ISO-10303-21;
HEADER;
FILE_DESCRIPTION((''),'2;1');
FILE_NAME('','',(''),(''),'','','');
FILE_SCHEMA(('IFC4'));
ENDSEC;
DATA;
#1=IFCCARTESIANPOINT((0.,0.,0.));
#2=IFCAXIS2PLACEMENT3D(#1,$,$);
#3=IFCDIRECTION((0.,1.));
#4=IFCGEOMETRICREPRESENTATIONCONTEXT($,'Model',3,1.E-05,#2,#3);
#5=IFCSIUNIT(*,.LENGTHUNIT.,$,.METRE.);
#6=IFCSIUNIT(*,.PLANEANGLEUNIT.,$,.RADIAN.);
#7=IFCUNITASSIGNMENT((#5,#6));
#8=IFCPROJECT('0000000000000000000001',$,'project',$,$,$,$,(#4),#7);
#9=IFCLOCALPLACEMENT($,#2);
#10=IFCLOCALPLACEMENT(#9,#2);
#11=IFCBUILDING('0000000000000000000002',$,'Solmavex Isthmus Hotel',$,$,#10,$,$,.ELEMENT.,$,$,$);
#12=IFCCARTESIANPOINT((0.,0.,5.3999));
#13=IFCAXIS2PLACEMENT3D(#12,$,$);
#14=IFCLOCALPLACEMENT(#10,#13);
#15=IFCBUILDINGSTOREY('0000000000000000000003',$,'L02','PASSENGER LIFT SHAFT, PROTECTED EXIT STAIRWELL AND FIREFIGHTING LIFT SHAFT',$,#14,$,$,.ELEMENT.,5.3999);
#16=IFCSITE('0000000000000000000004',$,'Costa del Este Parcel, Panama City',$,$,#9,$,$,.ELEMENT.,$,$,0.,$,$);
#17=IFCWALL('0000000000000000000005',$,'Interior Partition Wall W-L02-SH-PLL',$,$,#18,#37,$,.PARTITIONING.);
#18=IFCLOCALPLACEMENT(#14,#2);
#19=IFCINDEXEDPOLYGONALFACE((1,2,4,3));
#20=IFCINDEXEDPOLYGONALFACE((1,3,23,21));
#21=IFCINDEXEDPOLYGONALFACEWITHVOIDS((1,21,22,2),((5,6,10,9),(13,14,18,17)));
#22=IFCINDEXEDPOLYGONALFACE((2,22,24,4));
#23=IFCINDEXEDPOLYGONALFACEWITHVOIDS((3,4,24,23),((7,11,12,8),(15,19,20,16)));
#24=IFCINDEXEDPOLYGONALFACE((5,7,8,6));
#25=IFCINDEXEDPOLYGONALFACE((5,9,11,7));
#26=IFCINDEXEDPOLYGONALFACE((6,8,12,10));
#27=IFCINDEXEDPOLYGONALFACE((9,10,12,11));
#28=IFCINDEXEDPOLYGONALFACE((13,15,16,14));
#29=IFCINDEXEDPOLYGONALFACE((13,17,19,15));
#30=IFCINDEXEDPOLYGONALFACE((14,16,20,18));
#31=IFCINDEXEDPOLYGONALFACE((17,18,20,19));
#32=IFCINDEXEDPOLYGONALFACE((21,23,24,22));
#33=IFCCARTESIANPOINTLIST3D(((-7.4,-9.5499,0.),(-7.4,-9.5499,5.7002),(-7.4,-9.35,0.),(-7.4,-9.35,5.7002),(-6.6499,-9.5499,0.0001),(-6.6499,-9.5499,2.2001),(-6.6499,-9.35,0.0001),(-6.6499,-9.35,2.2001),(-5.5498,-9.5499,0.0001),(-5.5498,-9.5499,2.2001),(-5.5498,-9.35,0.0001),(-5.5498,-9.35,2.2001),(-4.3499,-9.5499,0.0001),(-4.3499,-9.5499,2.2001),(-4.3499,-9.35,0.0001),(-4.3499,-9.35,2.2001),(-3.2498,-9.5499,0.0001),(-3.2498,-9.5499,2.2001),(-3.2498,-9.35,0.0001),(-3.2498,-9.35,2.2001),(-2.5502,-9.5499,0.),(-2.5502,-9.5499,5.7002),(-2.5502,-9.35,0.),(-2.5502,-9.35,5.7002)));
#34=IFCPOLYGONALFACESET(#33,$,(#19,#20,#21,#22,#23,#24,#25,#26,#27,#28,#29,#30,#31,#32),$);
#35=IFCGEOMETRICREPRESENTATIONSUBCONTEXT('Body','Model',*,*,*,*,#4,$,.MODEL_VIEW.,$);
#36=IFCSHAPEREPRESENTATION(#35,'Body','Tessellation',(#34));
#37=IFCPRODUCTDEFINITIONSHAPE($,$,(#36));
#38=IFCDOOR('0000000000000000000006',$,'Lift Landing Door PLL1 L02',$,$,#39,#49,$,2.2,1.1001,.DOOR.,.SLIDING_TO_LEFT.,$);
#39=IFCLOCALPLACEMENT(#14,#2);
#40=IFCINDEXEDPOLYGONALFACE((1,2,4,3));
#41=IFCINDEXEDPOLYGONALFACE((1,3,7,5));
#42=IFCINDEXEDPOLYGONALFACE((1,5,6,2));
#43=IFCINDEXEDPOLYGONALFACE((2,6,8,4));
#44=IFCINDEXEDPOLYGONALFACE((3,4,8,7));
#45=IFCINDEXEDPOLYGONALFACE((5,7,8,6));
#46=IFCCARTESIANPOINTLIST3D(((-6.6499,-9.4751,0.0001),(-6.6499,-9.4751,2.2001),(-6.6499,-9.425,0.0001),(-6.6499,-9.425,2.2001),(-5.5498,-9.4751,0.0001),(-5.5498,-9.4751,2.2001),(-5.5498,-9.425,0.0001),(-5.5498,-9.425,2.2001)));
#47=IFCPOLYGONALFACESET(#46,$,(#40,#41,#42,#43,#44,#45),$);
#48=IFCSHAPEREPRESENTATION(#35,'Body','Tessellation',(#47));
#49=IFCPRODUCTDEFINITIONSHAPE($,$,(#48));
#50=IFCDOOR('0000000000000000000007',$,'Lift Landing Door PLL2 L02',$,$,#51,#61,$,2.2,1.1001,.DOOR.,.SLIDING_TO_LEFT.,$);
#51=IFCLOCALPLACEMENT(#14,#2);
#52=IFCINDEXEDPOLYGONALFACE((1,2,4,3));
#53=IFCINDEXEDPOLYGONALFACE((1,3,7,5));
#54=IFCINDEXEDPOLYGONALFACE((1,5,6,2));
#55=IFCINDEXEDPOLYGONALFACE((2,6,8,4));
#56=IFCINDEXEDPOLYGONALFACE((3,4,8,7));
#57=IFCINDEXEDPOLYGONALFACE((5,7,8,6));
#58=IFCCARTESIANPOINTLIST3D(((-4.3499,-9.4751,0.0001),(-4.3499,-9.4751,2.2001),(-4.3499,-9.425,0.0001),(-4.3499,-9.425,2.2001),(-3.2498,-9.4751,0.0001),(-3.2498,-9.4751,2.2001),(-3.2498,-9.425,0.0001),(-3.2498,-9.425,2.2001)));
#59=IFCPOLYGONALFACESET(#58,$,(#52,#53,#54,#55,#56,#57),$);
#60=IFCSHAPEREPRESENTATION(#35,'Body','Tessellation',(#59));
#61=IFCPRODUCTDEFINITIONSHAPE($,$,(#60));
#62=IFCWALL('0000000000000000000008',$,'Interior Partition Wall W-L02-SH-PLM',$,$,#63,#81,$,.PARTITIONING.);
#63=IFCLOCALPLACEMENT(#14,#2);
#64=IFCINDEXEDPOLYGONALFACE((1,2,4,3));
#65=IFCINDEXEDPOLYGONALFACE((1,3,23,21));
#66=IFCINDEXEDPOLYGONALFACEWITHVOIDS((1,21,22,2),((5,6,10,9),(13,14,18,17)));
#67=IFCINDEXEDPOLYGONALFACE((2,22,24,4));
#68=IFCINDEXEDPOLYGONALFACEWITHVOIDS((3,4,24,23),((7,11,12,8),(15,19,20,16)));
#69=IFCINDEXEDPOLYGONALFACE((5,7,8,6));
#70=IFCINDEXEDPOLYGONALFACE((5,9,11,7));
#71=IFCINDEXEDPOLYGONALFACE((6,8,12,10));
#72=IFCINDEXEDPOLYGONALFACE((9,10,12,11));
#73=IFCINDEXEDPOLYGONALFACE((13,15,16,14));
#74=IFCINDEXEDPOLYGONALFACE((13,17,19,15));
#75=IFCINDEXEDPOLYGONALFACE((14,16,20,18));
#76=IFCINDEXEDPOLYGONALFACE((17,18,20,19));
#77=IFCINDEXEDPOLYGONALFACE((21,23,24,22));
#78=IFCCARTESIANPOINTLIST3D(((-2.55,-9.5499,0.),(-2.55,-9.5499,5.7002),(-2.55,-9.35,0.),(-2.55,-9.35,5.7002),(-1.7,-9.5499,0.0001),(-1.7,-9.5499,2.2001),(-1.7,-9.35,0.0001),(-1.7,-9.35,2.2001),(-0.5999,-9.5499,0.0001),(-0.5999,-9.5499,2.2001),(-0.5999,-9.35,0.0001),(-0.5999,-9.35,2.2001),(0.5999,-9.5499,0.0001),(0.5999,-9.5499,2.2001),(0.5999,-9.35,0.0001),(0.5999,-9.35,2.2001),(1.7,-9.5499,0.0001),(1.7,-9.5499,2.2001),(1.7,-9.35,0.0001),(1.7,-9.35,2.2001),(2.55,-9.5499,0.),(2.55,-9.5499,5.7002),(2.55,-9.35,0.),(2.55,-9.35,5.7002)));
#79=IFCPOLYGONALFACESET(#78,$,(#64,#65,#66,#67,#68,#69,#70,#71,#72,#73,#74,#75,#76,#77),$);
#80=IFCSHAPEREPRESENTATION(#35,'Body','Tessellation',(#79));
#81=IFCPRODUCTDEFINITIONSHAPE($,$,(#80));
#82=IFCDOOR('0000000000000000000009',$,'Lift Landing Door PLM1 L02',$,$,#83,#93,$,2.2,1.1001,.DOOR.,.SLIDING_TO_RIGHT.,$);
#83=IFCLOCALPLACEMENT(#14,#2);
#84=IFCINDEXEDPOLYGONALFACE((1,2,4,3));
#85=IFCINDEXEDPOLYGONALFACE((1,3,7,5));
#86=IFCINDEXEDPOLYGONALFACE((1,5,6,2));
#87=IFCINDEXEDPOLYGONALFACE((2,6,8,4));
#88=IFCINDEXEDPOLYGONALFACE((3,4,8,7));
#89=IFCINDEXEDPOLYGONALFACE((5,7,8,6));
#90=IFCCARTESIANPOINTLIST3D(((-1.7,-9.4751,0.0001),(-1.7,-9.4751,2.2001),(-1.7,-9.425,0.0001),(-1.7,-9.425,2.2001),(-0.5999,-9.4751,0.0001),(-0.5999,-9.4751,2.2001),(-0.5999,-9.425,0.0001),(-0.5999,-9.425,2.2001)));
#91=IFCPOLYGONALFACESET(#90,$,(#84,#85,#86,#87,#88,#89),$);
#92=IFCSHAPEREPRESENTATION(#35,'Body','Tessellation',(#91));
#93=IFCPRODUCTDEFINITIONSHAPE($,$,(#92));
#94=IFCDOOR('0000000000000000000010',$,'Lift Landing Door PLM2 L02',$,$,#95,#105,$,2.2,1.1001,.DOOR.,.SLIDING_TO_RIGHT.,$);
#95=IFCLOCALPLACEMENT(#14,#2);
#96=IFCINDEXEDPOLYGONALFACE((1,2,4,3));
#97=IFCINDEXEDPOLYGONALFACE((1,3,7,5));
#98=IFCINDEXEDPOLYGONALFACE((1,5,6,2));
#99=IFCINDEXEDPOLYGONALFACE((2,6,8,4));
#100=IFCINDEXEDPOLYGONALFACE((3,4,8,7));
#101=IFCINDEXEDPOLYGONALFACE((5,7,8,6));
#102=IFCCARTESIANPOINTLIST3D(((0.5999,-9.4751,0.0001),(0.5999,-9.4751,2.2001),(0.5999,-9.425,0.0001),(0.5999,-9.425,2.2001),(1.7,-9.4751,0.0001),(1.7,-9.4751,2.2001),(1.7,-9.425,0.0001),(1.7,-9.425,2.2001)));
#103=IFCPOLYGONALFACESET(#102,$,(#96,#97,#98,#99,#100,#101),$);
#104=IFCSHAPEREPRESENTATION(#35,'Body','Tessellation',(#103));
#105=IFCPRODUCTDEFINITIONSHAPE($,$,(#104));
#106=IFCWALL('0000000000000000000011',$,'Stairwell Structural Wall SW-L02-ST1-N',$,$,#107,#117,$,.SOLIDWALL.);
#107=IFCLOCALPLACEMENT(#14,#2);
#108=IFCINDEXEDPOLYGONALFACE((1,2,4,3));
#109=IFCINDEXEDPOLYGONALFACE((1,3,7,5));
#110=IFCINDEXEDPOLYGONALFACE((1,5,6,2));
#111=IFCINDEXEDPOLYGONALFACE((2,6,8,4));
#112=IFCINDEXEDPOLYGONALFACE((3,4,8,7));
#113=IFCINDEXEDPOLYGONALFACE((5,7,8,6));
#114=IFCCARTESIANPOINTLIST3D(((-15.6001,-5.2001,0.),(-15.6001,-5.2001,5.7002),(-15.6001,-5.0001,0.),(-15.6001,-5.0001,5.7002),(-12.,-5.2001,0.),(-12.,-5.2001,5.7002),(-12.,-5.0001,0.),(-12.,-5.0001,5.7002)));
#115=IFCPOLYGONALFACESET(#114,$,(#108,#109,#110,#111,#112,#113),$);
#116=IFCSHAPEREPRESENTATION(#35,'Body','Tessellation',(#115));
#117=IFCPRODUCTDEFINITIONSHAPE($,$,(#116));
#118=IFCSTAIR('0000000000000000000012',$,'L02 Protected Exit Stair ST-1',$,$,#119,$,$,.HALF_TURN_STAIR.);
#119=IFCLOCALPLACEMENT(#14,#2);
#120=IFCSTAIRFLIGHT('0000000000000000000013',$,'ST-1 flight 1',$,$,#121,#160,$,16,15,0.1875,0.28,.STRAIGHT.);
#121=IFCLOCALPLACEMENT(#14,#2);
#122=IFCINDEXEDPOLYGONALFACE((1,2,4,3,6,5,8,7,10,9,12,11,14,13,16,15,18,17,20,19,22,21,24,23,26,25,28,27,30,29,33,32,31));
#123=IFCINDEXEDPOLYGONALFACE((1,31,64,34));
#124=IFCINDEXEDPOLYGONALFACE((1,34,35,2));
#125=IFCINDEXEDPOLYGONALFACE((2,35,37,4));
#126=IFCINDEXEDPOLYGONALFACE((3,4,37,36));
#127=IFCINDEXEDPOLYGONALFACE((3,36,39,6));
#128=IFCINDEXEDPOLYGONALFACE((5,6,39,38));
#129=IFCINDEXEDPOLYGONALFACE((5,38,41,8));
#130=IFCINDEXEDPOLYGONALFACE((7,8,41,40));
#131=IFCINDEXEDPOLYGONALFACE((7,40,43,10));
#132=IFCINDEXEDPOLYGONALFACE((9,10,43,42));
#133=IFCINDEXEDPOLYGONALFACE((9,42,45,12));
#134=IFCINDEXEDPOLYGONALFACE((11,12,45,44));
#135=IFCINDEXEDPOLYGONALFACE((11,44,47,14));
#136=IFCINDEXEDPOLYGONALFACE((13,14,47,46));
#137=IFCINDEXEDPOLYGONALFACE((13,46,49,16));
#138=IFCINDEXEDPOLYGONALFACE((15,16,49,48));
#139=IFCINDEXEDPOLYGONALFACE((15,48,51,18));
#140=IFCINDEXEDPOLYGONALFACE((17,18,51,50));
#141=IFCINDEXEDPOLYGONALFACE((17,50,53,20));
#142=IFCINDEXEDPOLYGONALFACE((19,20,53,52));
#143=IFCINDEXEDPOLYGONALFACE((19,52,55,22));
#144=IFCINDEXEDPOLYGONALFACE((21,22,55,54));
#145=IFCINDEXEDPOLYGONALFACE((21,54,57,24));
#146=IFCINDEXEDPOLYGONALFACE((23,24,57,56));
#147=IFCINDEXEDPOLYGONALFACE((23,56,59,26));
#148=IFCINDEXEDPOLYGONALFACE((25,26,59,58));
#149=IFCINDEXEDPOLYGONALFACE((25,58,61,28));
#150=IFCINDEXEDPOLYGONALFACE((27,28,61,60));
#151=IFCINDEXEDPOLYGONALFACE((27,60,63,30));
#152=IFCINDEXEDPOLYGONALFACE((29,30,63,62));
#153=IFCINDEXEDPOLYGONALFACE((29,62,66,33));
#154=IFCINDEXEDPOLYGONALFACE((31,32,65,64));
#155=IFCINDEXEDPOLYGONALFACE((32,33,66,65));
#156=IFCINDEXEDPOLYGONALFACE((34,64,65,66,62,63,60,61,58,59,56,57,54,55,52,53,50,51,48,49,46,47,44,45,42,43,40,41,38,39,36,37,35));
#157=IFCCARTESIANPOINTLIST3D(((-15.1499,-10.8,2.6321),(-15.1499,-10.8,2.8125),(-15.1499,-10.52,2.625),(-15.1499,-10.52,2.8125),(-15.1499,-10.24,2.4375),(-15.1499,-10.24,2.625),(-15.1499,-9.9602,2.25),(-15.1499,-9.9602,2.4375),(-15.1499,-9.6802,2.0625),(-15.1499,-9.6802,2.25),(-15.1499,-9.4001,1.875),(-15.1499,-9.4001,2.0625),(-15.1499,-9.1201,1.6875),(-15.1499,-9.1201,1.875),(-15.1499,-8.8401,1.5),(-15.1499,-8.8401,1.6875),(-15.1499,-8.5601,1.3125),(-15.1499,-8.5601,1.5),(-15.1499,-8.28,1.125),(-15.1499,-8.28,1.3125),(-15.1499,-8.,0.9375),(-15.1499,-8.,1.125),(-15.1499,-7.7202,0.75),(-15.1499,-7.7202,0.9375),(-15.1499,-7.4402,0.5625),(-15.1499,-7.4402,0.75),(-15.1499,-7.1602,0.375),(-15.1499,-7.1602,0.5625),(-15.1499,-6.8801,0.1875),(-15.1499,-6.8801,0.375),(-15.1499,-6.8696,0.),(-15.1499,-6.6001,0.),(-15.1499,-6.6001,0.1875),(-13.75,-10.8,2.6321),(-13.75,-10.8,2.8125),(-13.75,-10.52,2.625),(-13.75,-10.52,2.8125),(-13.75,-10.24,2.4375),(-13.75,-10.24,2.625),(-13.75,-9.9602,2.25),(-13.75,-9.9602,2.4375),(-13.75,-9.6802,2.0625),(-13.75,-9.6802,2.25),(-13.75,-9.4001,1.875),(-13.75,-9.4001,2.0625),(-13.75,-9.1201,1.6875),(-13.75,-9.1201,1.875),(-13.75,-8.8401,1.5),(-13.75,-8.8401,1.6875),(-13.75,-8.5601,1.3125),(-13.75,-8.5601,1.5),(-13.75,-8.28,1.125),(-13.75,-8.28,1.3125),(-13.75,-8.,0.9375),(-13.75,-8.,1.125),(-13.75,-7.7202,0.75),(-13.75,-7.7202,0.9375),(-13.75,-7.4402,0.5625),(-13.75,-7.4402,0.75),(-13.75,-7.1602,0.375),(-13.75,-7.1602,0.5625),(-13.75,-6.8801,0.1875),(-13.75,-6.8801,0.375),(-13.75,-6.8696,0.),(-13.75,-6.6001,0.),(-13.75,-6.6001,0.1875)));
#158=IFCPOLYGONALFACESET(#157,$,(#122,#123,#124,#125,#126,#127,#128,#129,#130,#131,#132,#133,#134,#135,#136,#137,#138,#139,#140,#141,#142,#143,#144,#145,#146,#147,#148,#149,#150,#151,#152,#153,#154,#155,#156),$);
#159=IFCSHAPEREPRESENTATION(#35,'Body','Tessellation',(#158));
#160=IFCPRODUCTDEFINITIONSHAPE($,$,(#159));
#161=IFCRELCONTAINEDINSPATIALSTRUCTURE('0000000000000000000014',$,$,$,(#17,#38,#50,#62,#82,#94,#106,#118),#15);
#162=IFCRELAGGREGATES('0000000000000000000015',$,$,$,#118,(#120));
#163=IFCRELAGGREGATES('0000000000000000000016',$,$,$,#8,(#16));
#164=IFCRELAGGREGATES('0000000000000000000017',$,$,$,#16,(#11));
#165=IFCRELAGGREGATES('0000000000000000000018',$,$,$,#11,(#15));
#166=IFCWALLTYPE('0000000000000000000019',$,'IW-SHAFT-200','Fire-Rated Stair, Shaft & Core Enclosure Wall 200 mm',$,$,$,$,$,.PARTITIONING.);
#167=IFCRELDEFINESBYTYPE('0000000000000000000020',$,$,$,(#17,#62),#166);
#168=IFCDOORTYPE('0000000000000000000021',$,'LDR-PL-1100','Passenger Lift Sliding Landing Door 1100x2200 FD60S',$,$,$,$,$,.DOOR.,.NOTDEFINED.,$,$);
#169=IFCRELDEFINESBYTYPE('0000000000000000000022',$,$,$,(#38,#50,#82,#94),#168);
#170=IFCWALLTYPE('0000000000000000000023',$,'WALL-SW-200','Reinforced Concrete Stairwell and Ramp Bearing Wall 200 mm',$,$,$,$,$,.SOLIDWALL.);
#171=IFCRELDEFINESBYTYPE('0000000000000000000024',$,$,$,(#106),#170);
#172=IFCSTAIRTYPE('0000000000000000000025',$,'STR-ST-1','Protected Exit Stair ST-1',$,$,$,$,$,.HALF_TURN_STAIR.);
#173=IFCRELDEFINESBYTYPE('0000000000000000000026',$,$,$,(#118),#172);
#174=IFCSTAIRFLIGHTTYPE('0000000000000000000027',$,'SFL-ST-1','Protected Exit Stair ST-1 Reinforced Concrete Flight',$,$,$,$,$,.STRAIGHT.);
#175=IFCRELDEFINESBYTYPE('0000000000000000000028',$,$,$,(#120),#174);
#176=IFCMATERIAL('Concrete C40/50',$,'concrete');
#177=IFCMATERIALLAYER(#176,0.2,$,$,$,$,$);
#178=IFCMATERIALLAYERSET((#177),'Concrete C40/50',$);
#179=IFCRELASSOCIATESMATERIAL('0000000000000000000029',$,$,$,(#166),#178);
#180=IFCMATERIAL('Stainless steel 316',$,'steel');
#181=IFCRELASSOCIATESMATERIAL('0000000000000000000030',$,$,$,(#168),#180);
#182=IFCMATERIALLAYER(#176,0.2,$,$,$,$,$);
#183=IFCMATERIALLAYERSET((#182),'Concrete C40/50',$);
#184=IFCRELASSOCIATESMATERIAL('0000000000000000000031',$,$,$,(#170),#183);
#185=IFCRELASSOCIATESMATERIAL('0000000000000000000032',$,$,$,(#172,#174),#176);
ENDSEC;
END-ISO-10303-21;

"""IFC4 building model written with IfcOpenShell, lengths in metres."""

from ifc_helpers import new_model, si_unit, direction, frame, frame_2d, origin, place, context, subcontext, project, spatial, polyline, rectangle, outline, extrude, material, layer, layer_set, type_object, element, fill, aggregate, save


model = new_model("IFC4")

# Units and contexts
model_context = context("Model", 3, precision=1e-05, world=origin(), true_north=direction((0.0, 1.0)))
body_context = subcontext(model_context, "Body", "Model", "MODEL_VIEW")
ifc_project = project(units=[si_unit("LENGTHUNIT", "METRE"), si_unit("PLANEANGLEUNIT", "RADIAN")], contexts=[model_context])

# Site, building, storey
site_placement = place(None, origin())
site = spatial("IfcSite", under=ifc_project, at=site_placement, Name="Costa del Este Parcel, Panama City", CompositionType="ELEMENT", RefElevation=0.0)
building_placement = place(site_placement, origin())
building = spatial("IfcBuilding", under=site, at=building_placement, Name="Solmavex Isthmus Hotel", CompositionType="ELEMENT")
storey_placement = place(building_placement, frame((0.0, 0.0, 5.3999)))
storey = spatial("IfcBuildingStorey", under=building, at=storey_placement, Name="L02", Description="PASSENGER LIFT SHAFT, PROTECTED EXIT STAIRWELL AND FIREFIGHTING LIFT SHAFT", CompositionType="ELEMENT", Elevation=5.3999)

# Shared definitions
ifc_material_1 = material(Name="Concrete C40/50", Category="concrete")
ifc_layer_1 = layer(ifc_material_1, 0.2)
ifc_layer_set_1 = layer_set([ifc_layer_1], Name="Concrete C40/50")
wall_type_1 = type_object("IfcWallType", Name="IW-SHAFT-200", Description="Fire-Rated Stair, Shaft & Core Enclosure Wall 200 mm", PredefinedType="PARTITIONING", material=ifc_layer_set_1)

# Walls, openings, doors
ifc_material_2 = material(Name="Stainless steel 316", Category="steel")
wall_1_placement = place(storey_placement, frame((-7.3999, -9.45, 0.0), z_axis=(0.0, 0.0, 1.0), x_axis=(1.0, 0.0, 0.0)))
wall_1 = element("IfcWall", 1, at=wall_1_placement, inside=storey, type_object=wall_type_1, Name="Interior Partition Wall W-L02-SH-PLL", PredefinedType="PARTITIONING", context=body_context, shape_type="SweptSolid", body=[
    extrude(rectangle(XDim=4.8499, YDim=0.2, at=frame_2d((2.4248, 0.0))), origin(), (0.0, 0.0, 1.0), 5.7002),
])
opening_1_placement = place(wall_1_placement, frame((0.75, 0.0, 0.0)))
opening_1 = element("IfcOpeningElement", 2, at=opening_1_placement, cuts=wall_1, PredefinedType="OPENING", context=body_context, shape_type="SweptSolid", body=[
    extrude(rectangle(XDim=1.1001, YDim=2.2, at=frame_2d((0.55, 1.1001))), frame((0.0, 0.1099, 0.0), z_axis=(0.0, -1.0, 0.0), x_axis=(1.0, 0.0, 0.0)), (0.0, 0.0, 1.0), 0.22),
])
opening_2_placement = place(wall_1_placement, frame((3.05, 0.0, 0.0)))
opening_2 = element("IfcOpeningElement", 3, at=opening_2_placement, cuts=wall_1, PredefinedType="OPENING", context=body_context, shape_type="SweptSolid", body=[
    extrude(rectangle(XDim=1.1001, YDim=2.2, at=frame_2d((0.55, 1.1001))), frame((0.0, 0.1099, 0.0), z_axis=(0.0, -1.0, 0.0), x_axis=(1.0, 0.0, 0.0)), (0.0, 0.0, 1.0), 0.22),
])
door_type_1 = type_object("IfcDoorType", Name="LDR-PL-1100", Description="Passenger Lift Sliding Landing Door 1100x2200 FD60S", OperationType="NOTDEFINED", PredefinedType="DOOR", material=ifc_material_2)
door_1_placement = place(opening_1_placement, origin())
door_1 = element("IfcDoor", 4, at=door_1_placement, inside=storey, type_object=door_type_1, Name="Lift Landing Door PLL1 L02", OperationType="SLIDING_TO_LEFT", OverallHeight=2.2, OverallWidth=1.1001, PredefinedType="DOOR", context=body_context, shape_type="SweptSolid", body=[
    extrude(rectangle(XDim=1.1001, YDim=2.2, at=frame_2d((0.55, 1.1001))), frame((0.0, 0.0249, 0.0), z_axis=(0.0, -1.0, 0.0), x_axis=(1.0, 0.0, 0.0)), (0.0, 0.0, 1.0), 0.05),
])
fill(opening_1, door_1)
door_2_placement = place(opening_2_placement, origin())
door_2 = element("IfcDoor", 5, at=door_2_placement, inside=storey, type_object=door_type_1, Name="Lift Landing Door PLL2 L02", OperationType="SLIDING_TO_LEFT", OverallHeight=2.2, OverallWidth=1.1001, PredefinedType="DOOR", context=body_context, shape_type="SweptSolid", body=[
    extrude(rectangle(XDim=1.1001, YDim=2.2, at=frame_2d((0.55, 1.1001))), frame((0.0, 0.0249, 0.0), z_axis=(0.0, -1.0, 0.0), x_axis=(1.0, 0.0, 0.0)), (0.0, 0.0, 1.0), 0.05),
])
fill(opening_2, door_2)
wall_2_placement = place(storey_placement, frame((-2.55, -9.45, 0.0), z_axis=(0.0, 0.0, 1.0), x_axis=(1.0, 0.0, 0.0)))
wall_2 = element("IfcWall", 6, at=wall_2_placement, inside=storey, type_object=wall_type_1, Name="Interior Partition Wall W-L02-SH-PLM", PredefinedType="PARTITIONING", context=body_context, shape_type="SweptSolid", body=[
    extrude(rectangle(XDim=5.1001, YDim=0.2, at=frame_2d((2.55, 0.0))), origin(), (0.0, 0.0, 1.0), 5.7002),
])
opening_3_placement = place(wall_2_placement, frame((0.8501, 0.0, 0.0)))
opening_3 = element("IfcOpeningElement", 7, at=opening_3_placement, cuts=wall_2, PredefinedType="OPENING", context=body_context, shape_type="SweptSolid", body=[
    extrude(rectangle(XDim=1.1001, YDim=2.2, at=frame_2d((0.55, 1.1001))), frame((0.0, 0.1099, 0.0), z_axis=(0.0, -1.0, 0.0), x_axis=(1.0, 0.0, 0.0)), (0.0, 0.0, 1.0), 0.22),
])
opening_4_placement = place(wall_2_placement, frame((3.1499, 0.0, 0.0)))
opening_4 = element("IfcOpeningElement", 8, at=opening_4_placement, cuts=wall_2, PredefinedType="OPENING", context=body_context, shape_type="SweptSolid", body=[
    extrude(rectangle(XDim=1.1001, YDim=2.2, at=frame_2d((0.55, 1.1001))), frame((0.0, 0.1099, 0.0), z_axis=(0.0, -1.0, 0.0), x_axis=(1.0, 0.0, 0.0)), (0.0, 0.0, 1.0), 0.22),
])
door_3_placement = place(opening_3_placement, origin())
door_3 = element("IfcDoor", 9, at=door_3_placement, inside=storey, type_object=door_type_1, Name="Lift Landing Door PLM1 L02", OperationType="SLIDING_TO_RIGHT", OverallHeight=2.2, OverallWidth=1.1001, PredefinedType="DOOR", context=body_context, shape_type="SweptSolid", body=[
    extrude(rectangle(XDim=1.1001, YDim=2.2, at=frame_2d((0.55, 1.1001))), frame((0.0, 0.0249, 0.0), z_axis=(0.0, -1.0, 0.0), x_axis=(1.0, 0.0, 0.0)), (0.0, 0.0, 1.0), 0.05),
])
fill(opening_3, door_3)
door_4_placement = place(opening_4_placement, origin())
door_4 = element("IfcDoor", 10, at=door_4_placement, inside=storey, type_object=door_type_1, Name="Lift Landing Door PLM2 L02", OperationType="SLIDING_TO_RIGHT", OverallHeight=2.2, OverallWidth=1.1001, PredefinedType="DOOR", context=body_context, shape_type="SweptSolid", body=[
    extrude(rectangle(XDim=1.1001, YDim=2.2, at=frame_2d((0.55, 1.1001))), frame((0.0, 0.0249, 0.0), z_axis=(0.0, -1.0, 0.0), x_axis=(1.0, 0.0, 0.0)), (0.0, 0.0, 1.0), 0.05),
])
fill(opening_4, door_4)

# Wall
ifc_layer_2 = layer(ifc_material_1, 0.2)
ifc_layer_set_2 = layer_set([ifc_layer_2], Name="Concrete C40/50")
wall_type_2 = type_object("IfcWallType", Name="WALL-SW-200", Description="Reinforced Concrete Stairwell and Ramp Bearing Wall 200 mm", PredefinedType="SOLIDWALL", material=ifc_layer_set_2)
wall_3_placement = place(storey_placement, frame((-15.6001, -5.1001, 0.0), z_axis=(0.0, 0.0, 1.0), x_axis=(1.0, 0.0, 0.0)))
element("IfcWall", 11, at=wall_3_placement, inside=storey, type_object=wall_type_2, Name="Stairwell Structural Wall SW-L02-ST1-N", PredefinedType="SOLIDWALL", context=body_context, shape_type="SweptSolid", body=[
    extrude(rectangle(XDim=3.6001, YDim=0.2, at=frame_2d((1.8, 0.0))), origin(), (0.0, 0.0, 1.0), 5.7002),
])

# Stair, stair flight
stair_type = type_object("IfcStairType", Name="STR-ST-1", Description="Protected Exit Stair ST-1", PredefinedType="HALF_TURN_STAIR", material=ifc_material_1)
stair_placement = place(storey_placement, origin())
stair = element("IfcStair", 12, at=stair_placement, inside=storey, type_object=stair_type, Name="L02 Protected Exit Stair ST-1", PredefinedType="HALF_TURN_STAIR")
stair_flight_type = type_object("IfcStairFlightType", Name="SFL-ST-1", Description="Protected Exit Stair ST-1 Reinforced Concrete Flight", PredefinedType="STRAIGHT", material=ifc_material_1)
stair_flight_1_placement = place(storey_placement, frame((-14.45, -6.6001, 0.0), z_axis=(0.0, 0.0, 1.0), x_axis=(0.0, -1.0, 0.0)))
stair_flight_1 = element("IfcStairFlight", 13, at=stair_flight_1_placement, type_object=stair_flight_type, Name="ST-1 flight 1", NumberOfRisers=16, NumberOfTreads=15, PredefinedType="STRAIGHT", RiserHeight=0.1875, TreadLength=0.28, context=body_context, shape_type="SweptSolid", body=[
    extrude(outline(polyline([(0.0, 0.0), (0.0, 0.1875), (0.28, 0.1875), (0.28, 0.375), (0.5601, 0.375), (0.5601, 0.5625), (0.8401, 0.5625), (0.8401, 0.75), (1.1201, 0.75), (1.1201, 0.9375), (1.3999, 0.9375), (1.3999, 1.125), (1.6799, 1.125), (1.6799, 1.3125), (1.96, 1.3125), (1.96, 1.5), (2.24, 1.5), (2.24, 1.6875), (2.52, 1.6875), (2.52, 1.875), (2.8, 1.875), (2.8, 2.0625), (3.0801, 2.0625), (3.0801, 2.25), (3.3601, 2.25), (3.3601, 2.4375), (3.6399, 2.4375), (3.6399, 2.625), (3.9199, 2.625), (3.9199, 2.8125), (4.2, 2.8125), (4.2, 3.0), (4.2, 2.6321), (0.2695, 0.0), (0.0, 0.0)])), frame((0.0, 0.7, 0.0), z_axis=(0.0, -1.0, 0.0), x_axis=(1.0, 0.0, 0.0)), (0.0, 0.0, 1.0), 1.3999),
])
aggregate(stair, [stair_flight_1])

save(model, "model.ifc")
